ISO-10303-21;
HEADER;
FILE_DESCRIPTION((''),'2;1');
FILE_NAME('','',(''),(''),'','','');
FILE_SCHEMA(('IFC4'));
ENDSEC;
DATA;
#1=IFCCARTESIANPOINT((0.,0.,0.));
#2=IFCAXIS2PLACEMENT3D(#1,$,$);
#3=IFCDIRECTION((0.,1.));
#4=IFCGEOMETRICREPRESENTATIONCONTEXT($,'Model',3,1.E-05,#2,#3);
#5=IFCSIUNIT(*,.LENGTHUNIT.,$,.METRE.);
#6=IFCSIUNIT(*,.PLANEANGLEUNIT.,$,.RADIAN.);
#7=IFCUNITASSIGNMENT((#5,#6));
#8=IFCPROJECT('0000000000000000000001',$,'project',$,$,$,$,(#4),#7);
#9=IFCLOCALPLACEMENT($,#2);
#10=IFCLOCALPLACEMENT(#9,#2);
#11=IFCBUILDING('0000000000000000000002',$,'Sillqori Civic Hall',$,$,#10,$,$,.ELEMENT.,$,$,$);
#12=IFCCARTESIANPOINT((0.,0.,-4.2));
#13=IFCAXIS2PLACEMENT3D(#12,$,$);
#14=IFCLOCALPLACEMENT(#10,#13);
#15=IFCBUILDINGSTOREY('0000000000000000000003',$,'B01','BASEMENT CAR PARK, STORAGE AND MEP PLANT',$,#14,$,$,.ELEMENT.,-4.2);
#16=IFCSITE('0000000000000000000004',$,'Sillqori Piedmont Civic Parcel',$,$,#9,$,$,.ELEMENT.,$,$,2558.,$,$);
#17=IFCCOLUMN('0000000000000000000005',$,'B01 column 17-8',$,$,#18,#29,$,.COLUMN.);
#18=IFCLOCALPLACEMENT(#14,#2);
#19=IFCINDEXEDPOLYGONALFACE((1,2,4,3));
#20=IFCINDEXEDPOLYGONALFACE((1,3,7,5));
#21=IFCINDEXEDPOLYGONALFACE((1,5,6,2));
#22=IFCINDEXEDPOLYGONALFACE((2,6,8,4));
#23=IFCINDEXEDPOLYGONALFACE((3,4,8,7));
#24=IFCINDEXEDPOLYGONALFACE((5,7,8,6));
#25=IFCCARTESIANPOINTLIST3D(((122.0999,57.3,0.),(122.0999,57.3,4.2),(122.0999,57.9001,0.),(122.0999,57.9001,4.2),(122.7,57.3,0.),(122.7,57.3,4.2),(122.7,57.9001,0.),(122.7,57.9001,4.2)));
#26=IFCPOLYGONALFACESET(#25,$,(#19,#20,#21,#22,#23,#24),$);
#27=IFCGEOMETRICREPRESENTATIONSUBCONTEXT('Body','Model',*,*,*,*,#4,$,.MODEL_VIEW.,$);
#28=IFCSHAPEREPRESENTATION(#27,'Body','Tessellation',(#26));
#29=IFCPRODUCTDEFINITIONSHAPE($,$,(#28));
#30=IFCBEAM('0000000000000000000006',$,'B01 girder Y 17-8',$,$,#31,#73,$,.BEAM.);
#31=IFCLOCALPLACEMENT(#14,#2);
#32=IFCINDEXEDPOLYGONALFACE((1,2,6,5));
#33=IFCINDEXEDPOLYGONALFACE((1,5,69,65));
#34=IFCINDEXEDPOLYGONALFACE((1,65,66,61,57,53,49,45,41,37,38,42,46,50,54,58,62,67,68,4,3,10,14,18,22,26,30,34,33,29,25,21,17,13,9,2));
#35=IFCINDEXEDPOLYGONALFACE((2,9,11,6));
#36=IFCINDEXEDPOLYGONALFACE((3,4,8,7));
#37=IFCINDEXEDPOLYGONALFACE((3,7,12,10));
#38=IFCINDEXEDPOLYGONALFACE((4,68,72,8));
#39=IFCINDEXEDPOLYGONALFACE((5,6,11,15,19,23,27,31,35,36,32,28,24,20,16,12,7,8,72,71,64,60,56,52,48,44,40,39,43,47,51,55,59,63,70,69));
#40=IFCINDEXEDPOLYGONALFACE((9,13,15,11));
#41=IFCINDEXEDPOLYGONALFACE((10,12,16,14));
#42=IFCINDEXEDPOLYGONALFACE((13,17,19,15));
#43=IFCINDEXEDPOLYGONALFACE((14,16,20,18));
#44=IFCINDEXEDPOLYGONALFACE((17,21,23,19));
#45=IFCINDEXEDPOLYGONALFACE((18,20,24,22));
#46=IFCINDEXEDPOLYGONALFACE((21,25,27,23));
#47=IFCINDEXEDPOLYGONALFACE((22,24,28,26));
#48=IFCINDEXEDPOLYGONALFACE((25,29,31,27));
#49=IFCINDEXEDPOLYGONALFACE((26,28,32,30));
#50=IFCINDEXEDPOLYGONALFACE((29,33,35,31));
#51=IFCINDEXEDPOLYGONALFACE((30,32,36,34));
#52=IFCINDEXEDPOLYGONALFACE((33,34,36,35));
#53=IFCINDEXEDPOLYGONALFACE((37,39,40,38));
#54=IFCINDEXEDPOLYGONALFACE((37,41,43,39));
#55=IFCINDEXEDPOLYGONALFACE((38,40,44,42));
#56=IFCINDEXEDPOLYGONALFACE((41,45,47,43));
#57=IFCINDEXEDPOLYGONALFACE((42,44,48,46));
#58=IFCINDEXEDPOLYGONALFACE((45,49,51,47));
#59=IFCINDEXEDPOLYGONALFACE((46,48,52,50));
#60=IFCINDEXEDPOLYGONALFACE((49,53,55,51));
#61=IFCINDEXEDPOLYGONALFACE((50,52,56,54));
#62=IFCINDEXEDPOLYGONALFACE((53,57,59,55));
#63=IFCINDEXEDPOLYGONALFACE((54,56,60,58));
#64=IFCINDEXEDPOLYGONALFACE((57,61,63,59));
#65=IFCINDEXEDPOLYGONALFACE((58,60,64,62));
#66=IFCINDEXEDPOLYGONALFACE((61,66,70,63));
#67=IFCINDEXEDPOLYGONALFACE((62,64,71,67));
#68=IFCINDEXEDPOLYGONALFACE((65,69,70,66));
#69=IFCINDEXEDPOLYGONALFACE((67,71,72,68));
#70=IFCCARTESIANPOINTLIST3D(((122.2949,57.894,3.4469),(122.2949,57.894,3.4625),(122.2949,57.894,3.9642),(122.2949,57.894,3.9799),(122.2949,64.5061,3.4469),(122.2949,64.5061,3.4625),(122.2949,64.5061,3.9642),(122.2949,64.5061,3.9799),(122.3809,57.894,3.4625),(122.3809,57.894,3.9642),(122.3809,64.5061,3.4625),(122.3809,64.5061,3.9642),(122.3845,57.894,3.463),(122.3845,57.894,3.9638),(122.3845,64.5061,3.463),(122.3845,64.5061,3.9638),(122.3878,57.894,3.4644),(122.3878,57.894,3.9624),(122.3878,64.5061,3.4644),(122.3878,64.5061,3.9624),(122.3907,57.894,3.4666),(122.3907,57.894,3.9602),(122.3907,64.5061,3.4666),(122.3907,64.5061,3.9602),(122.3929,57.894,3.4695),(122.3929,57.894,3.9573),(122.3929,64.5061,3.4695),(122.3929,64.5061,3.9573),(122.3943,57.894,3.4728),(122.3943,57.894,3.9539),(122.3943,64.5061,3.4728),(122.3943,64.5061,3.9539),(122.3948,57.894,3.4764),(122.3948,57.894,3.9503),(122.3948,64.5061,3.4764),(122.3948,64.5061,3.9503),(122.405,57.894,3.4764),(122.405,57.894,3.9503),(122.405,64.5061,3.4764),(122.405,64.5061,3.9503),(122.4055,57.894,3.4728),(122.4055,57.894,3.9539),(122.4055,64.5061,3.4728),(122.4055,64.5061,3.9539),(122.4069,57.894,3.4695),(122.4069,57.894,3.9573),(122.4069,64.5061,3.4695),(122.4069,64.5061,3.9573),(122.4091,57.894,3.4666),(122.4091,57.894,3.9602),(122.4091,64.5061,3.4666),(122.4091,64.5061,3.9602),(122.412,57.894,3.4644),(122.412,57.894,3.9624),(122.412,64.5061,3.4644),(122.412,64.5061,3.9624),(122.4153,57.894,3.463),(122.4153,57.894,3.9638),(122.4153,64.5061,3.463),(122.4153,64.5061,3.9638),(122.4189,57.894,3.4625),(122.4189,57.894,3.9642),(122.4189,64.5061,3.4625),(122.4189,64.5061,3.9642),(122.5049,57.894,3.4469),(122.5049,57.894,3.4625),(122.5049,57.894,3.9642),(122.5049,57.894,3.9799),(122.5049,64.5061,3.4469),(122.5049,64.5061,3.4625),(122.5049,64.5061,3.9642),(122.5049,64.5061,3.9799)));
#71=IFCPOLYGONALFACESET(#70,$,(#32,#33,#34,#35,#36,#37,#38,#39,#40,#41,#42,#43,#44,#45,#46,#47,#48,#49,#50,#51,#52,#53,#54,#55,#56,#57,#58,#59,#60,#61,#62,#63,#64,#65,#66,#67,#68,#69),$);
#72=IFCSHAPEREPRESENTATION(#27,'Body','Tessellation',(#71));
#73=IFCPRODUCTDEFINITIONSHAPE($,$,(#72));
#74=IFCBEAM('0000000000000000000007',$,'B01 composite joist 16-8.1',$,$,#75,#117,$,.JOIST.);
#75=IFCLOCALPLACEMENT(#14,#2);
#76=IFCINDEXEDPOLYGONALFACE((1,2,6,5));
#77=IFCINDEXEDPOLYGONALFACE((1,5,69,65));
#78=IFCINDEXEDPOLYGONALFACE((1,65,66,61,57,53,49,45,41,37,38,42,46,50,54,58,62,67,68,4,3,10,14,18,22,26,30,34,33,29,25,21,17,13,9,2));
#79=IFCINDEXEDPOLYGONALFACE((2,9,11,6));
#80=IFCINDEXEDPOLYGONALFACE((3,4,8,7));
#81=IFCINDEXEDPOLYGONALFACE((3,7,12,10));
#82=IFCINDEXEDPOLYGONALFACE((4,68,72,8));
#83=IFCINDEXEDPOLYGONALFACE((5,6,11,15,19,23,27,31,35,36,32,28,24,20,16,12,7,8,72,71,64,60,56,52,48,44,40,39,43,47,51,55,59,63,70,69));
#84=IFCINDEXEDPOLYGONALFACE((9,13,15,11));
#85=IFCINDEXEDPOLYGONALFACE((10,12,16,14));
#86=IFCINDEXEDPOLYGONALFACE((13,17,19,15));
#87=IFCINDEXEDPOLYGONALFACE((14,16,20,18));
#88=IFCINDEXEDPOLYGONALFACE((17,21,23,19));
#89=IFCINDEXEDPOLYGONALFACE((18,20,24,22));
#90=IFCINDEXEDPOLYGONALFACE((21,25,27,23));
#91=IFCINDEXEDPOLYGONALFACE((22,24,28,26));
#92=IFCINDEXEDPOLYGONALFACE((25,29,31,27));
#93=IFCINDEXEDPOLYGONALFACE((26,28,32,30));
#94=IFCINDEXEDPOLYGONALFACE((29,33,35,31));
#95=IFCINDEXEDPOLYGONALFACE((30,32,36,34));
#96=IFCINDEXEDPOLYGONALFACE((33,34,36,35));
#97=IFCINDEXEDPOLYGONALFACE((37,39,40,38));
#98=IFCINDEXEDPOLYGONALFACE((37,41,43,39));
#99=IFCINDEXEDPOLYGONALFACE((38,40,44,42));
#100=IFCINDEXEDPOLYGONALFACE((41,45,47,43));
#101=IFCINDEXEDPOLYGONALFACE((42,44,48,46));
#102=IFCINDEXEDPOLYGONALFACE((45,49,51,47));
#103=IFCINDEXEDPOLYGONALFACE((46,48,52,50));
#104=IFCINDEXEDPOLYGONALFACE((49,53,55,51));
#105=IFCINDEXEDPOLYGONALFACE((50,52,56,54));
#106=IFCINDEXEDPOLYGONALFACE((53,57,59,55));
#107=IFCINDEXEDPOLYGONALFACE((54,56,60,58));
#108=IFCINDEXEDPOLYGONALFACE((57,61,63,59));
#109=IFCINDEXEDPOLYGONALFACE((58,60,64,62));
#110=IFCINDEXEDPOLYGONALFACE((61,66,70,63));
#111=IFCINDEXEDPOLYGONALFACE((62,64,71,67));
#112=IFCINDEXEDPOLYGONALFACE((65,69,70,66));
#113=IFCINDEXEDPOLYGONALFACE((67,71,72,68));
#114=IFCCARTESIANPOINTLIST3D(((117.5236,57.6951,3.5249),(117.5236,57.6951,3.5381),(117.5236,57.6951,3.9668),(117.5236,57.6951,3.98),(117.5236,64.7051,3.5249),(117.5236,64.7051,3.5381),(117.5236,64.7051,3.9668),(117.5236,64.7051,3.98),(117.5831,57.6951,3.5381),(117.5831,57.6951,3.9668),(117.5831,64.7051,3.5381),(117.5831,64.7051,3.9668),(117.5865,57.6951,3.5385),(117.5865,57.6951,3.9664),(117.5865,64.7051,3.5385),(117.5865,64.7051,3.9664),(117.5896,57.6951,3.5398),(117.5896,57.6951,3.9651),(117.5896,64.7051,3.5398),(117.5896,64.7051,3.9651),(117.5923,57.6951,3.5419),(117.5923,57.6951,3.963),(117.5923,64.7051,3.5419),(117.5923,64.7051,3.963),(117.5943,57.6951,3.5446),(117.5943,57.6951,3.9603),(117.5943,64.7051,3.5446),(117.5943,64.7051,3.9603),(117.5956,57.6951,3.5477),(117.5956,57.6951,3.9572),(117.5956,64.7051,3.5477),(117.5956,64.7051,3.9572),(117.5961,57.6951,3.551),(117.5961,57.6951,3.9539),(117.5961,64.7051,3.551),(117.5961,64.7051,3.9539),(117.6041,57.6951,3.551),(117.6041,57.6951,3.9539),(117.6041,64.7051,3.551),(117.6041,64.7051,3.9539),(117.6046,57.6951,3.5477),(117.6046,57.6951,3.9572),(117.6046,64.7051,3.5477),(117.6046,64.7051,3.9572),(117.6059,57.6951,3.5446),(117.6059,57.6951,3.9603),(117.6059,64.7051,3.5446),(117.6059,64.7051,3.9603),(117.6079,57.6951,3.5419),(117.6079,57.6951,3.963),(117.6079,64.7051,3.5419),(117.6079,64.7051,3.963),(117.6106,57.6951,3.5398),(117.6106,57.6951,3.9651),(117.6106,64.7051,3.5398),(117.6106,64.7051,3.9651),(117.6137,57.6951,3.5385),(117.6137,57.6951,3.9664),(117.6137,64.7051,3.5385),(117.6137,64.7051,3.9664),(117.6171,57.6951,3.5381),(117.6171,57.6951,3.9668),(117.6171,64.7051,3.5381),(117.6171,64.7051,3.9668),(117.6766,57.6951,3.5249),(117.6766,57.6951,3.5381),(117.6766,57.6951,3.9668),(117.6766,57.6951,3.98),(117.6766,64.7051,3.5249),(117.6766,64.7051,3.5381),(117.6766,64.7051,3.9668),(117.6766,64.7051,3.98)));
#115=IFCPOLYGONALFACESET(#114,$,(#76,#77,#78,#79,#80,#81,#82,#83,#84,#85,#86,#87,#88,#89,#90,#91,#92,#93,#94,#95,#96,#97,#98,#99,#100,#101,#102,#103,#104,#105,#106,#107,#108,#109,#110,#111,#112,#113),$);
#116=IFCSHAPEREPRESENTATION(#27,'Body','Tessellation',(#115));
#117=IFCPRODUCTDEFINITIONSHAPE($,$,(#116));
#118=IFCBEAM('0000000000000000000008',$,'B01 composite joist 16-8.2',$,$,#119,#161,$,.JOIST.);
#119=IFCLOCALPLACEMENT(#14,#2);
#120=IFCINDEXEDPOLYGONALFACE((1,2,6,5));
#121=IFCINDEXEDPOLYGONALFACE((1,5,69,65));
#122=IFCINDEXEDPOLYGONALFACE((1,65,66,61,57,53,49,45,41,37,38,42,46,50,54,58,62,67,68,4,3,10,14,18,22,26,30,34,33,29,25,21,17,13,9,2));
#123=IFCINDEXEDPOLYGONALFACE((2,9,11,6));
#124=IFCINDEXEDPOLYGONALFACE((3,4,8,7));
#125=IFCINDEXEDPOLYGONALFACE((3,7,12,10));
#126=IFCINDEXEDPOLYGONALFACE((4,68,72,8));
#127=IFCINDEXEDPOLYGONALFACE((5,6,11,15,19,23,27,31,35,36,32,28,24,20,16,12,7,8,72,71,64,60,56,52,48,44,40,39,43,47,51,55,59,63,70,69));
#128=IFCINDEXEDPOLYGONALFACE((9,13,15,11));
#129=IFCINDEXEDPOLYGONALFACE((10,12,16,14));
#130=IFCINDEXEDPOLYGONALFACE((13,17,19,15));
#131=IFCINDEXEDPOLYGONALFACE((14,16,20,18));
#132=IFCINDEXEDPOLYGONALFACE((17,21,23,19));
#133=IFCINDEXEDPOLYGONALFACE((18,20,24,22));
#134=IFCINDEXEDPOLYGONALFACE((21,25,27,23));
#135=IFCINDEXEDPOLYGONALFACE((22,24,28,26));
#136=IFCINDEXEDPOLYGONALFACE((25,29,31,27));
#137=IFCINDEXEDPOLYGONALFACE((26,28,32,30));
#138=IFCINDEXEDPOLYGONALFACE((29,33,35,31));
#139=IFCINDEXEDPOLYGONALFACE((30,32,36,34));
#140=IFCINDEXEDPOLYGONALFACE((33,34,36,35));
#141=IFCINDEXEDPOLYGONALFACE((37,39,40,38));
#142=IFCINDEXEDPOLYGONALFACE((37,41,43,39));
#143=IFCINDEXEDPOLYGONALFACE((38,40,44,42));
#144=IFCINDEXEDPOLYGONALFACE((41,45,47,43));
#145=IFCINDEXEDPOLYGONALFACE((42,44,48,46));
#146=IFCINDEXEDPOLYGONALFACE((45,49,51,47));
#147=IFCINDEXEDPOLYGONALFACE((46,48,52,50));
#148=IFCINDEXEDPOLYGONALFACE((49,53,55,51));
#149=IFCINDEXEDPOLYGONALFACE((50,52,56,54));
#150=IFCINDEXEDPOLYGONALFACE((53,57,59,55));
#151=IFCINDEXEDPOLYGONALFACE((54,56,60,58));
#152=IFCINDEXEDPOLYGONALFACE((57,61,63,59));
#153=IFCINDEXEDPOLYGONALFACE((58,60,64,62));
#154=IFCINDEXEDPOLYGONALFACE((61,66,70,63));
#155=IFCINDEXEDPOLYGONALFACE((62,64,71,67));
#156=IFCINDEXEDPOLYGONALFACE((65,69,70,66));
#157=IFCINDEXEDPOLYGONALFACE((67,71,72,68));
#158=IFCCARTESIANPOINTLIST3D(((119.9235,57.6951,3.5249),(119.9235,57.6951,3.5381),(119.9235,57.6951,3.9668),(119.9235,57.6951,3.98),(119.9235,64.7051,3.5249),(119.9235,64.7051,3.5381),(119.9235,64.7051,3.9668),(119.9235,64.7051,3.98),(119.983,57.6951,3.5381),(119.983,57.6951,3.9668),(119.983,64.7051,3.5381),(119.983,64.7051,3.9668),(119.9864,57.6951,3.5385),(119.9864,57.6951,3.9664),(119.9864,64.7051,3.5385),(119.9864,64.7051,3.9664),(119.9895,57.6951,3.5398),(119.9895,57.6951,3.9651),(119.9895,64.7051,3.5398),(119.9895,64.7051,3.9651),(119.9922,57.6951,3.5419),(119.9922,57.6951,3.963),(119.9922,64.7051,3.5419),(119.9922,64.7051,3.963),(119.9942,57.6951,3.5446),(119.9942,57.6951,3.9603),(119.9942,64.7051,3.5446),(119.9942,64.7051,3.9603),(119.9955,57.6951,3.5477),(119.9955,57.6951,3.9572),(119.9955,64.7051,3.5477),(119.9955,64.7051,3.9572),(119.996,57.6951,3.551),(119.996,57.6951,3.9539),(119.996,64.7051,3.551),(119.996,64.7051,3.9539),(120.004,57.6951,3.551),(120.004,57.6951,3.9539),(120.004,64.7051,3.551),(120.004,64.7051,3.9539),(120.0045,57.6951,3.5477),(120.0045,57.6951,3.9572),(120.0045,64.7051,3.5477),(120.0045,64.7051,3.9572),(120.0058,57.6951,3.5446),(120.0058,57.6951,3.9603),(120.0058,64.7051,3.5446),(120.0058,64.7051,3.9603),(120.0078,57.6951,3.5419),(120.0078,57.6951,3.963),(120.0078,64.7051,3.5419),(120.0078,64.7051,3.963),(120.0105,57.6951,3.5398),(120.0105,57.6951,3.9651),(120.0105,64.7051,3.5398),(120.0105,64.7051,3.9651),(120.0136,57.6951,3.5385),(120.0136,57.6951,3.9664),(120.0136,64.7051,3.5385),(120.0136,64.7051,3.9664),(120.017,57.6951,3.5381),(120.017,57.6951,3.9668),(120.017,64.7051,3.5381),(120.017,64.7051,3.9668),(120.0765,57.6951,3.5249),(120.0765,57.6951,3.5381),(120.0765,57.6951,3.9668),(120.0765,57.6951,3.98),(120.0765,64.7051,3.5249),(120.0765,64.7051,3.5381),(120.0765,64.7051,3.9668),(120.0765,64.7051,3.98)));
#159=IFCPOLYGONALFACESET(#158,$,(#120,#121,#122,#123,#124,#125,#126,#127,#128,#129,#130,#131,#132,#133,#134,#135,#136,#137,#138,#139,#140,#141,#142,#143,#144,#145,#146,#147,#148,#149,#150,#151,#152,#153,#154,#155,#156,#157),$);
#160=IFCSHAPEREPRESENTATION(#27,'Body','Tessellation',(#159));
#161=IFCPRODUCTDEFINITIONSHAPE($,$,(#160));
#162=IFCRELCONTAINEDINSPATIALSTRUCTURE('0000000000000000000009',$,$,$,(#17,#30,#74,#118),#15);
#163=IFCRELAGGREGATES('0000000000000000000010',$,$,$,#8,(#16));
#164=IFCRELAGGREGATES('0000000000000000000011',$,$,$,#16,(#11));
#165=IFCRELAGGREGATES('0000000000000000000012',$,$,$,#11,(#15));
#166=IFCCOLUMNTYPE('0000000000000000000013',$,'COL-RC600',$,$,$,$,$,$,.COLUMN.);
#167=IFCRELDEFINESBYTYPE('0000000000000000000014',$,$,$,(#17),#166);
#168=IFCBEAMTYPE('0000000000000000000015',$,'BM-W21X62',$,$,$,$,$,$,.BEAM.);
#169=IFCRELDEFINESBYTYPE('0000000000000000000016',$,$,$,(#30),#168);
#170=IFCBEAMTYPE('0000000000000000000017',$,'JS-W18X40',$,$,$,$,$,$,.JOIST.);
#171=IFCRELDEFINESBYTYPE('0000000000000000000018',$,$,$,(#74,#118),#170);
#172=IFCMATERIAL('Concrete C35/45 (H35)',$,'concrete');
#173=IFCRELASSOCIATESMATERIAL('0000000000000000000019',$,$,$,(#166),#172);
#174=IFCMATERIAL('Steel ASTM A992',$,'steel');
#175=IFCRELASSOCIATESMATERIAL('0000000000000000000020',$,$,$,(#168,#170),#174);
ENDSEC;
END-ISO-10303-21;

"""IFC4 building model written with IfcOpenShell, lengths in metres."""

from ifc_helpers import new_model, si_unit, direction, frame, origin, origin_2d, place, context, subcontext, project, spatial, rectangle, i_section, extrude, material, material_profile, profile_set, type_object, element, save


model = new_model("IFC4")

# Units and contexts
model_context = context("Model", 3, precision=1e-05, world=origin(), true_north=direction((0.0, 1.0)))
body_context = subcontext(model_context, "Body", "Model", "MODEL_VIEW")
ifc_project = project(units=[si_unit("LENGTHUNIT", "METRE"), si_unit("PLANEANGLEUNIT", "RADIAN")], contexts=[model_context])

# Site, building, storey
site_placement = place(None, origin())
site = spatial("IfcSite", under=ifc_project, at=site_placement, Name="Sillqori Piedmont Civic Parcel", CompositionType="ELEMENT", RefElevation=2558.0)
building_placement = place(site_placement, origin())
building = spatial("IfcBuilding", under=site, at=building_placement, Name="Sillqori Civic Hall", CompositionType="ELEMENT")
storey_placement = place(building_placement, frame((0.0, 0.0, -4.2)))
storey = spatial("IfcBuildingStorey", under=building, at=storey_placement, Name="B01", Description="BASEMENT CAR PARK, STORAGE AND MEP PLANT", CompositionType="ELEMENT", Elevation=-4.2)

# Shared definitions
ifc_material_1 = material(Name="Concrete C35/45 (H35)", Category="concrete")

# Column
ifc_material_profile_1 = material_profile(ifc_material_1, rectangle(XDim=0.6001, YDim=0.6001, at=origin_2d()), Name="RC 600x600")
ifc_profile_set_1 = profile_set([ifc_material_profile_1], Name="Concrete C35/45 (H35)")
column_type = type_object("IfcColumnType", Name="COL-RC600", PredefinedType="COLUMN", material=ifc_profile_set_1)
column_placement = place(storey_placement, frame((122.3999, 57.6001, 0.0), z_axis=(0.0, 0.0, 1.0), x_axis=(1.0, 0.0, 0.0)))
element("IfcColumn", 1, at=column_placement, inside=storey, type_object=column_type, Name="B01 column 17-8", PredefinedType="COLUMN", context=body_context, shape_type="SweptSolid", body=[
    extrude(rectangle(XDim=0.6001, YDim=0.6001, at=origin_2d()), origin(), (0.0, 0.0, 1.0), 4.2),
])

# Beams
ifc_material_2 = material(Name="Steel ASTM A992", Category="steel")
ifc_material_profile_2 = material_profile(ifc_material_2, i_section(OverallWidth=0.21, OverallDepth=0.533, WebThickness=0.0103, FlangeThickness=0.0156, FilletRadius=0.0139, at=origin_2d()), Name="W21X62")
ifc_profile_set_2 = profile_set([ifc_material_profile_2], Name="Steel ASTM A992")
beam_type_1 = type_object("IfcBeamType", Name="BM-W21X62", PredefinedType="BEAM", material=ifc_profile_set_2)
beam_1_placement = place(storey_placement, frame((122.3999, 57.894, 3.7134), z_axis=(0.0, 1.0, 0.0), x_axis=(-1.0, 0.0, 0.0)))
element("IfcBeam", 2, at=beam_1_placement, inside=storey, type_object=beam_type_1, Name="B01 girder Y 17-8", PredefinedType="BEAM", context=body_context, shape_type="SweptSolid", body=[
    extrude(i_section(OverallWidth=0.21, OverallDepth=0.533, WebThickness=0.0103, FlangeThickness=0.0156, FilletRadius=0.0139, at=origin_2d()), origin(), (0.0, 0.0, 1.0), 6.6121),
])
ifc_material_profile_3 = material_profile(ifc_material_2, i_section(OverallWidth=0.1531, OverallDepth=0.4551, WebThickness=0.0081, FlangeThickness=0.0132, FilletRadius=0.0129, at=origin_2d()), Name="W18X40")
ifc_profile_set_3 = profile_set([ifc_material_profile_3], Name="Steel ASTM A992")
beam_type_2 = type_object("IfcBeamType", Name="JS-W18X40", PredefinedType="JOIST", material=ifc_profile_set_3)
for number, where, z_axis, x_axis, name in (
    (3, (117.6001, 57.6951, 3.7524), (0.0, 1.0, 0.0), (-1.0, 0.0, 0.0), "B01 composite joist 16-8.1"),
    (4, (120.0, 57.6951, 3.7524), (0.0, 1.0, 0.0), (-1.0, 0.0, 0.0), "B01 composite joist 16-8.2"),
):
    element("IfcBeam", number, at=place(storey_placement, frame(where, z_axis=z_axis, x_axis=x_axis)), inside=storey, type_object=beam_type_2, Name=name, PredefinedType="JOIST", context=body_context, shape_type="SweptSolid", body=[
        extrude(i_section(OverallWidth=0.1531, OverallDepth=0.4551, WebThickness=0.0081, FlangeThickness=0.0132, FilletRadius=0.0129, at=origin_2d()), origin(), (0.0, 0.0, 1.0), 7.01),
    ])

save(model, "model.ifc")
